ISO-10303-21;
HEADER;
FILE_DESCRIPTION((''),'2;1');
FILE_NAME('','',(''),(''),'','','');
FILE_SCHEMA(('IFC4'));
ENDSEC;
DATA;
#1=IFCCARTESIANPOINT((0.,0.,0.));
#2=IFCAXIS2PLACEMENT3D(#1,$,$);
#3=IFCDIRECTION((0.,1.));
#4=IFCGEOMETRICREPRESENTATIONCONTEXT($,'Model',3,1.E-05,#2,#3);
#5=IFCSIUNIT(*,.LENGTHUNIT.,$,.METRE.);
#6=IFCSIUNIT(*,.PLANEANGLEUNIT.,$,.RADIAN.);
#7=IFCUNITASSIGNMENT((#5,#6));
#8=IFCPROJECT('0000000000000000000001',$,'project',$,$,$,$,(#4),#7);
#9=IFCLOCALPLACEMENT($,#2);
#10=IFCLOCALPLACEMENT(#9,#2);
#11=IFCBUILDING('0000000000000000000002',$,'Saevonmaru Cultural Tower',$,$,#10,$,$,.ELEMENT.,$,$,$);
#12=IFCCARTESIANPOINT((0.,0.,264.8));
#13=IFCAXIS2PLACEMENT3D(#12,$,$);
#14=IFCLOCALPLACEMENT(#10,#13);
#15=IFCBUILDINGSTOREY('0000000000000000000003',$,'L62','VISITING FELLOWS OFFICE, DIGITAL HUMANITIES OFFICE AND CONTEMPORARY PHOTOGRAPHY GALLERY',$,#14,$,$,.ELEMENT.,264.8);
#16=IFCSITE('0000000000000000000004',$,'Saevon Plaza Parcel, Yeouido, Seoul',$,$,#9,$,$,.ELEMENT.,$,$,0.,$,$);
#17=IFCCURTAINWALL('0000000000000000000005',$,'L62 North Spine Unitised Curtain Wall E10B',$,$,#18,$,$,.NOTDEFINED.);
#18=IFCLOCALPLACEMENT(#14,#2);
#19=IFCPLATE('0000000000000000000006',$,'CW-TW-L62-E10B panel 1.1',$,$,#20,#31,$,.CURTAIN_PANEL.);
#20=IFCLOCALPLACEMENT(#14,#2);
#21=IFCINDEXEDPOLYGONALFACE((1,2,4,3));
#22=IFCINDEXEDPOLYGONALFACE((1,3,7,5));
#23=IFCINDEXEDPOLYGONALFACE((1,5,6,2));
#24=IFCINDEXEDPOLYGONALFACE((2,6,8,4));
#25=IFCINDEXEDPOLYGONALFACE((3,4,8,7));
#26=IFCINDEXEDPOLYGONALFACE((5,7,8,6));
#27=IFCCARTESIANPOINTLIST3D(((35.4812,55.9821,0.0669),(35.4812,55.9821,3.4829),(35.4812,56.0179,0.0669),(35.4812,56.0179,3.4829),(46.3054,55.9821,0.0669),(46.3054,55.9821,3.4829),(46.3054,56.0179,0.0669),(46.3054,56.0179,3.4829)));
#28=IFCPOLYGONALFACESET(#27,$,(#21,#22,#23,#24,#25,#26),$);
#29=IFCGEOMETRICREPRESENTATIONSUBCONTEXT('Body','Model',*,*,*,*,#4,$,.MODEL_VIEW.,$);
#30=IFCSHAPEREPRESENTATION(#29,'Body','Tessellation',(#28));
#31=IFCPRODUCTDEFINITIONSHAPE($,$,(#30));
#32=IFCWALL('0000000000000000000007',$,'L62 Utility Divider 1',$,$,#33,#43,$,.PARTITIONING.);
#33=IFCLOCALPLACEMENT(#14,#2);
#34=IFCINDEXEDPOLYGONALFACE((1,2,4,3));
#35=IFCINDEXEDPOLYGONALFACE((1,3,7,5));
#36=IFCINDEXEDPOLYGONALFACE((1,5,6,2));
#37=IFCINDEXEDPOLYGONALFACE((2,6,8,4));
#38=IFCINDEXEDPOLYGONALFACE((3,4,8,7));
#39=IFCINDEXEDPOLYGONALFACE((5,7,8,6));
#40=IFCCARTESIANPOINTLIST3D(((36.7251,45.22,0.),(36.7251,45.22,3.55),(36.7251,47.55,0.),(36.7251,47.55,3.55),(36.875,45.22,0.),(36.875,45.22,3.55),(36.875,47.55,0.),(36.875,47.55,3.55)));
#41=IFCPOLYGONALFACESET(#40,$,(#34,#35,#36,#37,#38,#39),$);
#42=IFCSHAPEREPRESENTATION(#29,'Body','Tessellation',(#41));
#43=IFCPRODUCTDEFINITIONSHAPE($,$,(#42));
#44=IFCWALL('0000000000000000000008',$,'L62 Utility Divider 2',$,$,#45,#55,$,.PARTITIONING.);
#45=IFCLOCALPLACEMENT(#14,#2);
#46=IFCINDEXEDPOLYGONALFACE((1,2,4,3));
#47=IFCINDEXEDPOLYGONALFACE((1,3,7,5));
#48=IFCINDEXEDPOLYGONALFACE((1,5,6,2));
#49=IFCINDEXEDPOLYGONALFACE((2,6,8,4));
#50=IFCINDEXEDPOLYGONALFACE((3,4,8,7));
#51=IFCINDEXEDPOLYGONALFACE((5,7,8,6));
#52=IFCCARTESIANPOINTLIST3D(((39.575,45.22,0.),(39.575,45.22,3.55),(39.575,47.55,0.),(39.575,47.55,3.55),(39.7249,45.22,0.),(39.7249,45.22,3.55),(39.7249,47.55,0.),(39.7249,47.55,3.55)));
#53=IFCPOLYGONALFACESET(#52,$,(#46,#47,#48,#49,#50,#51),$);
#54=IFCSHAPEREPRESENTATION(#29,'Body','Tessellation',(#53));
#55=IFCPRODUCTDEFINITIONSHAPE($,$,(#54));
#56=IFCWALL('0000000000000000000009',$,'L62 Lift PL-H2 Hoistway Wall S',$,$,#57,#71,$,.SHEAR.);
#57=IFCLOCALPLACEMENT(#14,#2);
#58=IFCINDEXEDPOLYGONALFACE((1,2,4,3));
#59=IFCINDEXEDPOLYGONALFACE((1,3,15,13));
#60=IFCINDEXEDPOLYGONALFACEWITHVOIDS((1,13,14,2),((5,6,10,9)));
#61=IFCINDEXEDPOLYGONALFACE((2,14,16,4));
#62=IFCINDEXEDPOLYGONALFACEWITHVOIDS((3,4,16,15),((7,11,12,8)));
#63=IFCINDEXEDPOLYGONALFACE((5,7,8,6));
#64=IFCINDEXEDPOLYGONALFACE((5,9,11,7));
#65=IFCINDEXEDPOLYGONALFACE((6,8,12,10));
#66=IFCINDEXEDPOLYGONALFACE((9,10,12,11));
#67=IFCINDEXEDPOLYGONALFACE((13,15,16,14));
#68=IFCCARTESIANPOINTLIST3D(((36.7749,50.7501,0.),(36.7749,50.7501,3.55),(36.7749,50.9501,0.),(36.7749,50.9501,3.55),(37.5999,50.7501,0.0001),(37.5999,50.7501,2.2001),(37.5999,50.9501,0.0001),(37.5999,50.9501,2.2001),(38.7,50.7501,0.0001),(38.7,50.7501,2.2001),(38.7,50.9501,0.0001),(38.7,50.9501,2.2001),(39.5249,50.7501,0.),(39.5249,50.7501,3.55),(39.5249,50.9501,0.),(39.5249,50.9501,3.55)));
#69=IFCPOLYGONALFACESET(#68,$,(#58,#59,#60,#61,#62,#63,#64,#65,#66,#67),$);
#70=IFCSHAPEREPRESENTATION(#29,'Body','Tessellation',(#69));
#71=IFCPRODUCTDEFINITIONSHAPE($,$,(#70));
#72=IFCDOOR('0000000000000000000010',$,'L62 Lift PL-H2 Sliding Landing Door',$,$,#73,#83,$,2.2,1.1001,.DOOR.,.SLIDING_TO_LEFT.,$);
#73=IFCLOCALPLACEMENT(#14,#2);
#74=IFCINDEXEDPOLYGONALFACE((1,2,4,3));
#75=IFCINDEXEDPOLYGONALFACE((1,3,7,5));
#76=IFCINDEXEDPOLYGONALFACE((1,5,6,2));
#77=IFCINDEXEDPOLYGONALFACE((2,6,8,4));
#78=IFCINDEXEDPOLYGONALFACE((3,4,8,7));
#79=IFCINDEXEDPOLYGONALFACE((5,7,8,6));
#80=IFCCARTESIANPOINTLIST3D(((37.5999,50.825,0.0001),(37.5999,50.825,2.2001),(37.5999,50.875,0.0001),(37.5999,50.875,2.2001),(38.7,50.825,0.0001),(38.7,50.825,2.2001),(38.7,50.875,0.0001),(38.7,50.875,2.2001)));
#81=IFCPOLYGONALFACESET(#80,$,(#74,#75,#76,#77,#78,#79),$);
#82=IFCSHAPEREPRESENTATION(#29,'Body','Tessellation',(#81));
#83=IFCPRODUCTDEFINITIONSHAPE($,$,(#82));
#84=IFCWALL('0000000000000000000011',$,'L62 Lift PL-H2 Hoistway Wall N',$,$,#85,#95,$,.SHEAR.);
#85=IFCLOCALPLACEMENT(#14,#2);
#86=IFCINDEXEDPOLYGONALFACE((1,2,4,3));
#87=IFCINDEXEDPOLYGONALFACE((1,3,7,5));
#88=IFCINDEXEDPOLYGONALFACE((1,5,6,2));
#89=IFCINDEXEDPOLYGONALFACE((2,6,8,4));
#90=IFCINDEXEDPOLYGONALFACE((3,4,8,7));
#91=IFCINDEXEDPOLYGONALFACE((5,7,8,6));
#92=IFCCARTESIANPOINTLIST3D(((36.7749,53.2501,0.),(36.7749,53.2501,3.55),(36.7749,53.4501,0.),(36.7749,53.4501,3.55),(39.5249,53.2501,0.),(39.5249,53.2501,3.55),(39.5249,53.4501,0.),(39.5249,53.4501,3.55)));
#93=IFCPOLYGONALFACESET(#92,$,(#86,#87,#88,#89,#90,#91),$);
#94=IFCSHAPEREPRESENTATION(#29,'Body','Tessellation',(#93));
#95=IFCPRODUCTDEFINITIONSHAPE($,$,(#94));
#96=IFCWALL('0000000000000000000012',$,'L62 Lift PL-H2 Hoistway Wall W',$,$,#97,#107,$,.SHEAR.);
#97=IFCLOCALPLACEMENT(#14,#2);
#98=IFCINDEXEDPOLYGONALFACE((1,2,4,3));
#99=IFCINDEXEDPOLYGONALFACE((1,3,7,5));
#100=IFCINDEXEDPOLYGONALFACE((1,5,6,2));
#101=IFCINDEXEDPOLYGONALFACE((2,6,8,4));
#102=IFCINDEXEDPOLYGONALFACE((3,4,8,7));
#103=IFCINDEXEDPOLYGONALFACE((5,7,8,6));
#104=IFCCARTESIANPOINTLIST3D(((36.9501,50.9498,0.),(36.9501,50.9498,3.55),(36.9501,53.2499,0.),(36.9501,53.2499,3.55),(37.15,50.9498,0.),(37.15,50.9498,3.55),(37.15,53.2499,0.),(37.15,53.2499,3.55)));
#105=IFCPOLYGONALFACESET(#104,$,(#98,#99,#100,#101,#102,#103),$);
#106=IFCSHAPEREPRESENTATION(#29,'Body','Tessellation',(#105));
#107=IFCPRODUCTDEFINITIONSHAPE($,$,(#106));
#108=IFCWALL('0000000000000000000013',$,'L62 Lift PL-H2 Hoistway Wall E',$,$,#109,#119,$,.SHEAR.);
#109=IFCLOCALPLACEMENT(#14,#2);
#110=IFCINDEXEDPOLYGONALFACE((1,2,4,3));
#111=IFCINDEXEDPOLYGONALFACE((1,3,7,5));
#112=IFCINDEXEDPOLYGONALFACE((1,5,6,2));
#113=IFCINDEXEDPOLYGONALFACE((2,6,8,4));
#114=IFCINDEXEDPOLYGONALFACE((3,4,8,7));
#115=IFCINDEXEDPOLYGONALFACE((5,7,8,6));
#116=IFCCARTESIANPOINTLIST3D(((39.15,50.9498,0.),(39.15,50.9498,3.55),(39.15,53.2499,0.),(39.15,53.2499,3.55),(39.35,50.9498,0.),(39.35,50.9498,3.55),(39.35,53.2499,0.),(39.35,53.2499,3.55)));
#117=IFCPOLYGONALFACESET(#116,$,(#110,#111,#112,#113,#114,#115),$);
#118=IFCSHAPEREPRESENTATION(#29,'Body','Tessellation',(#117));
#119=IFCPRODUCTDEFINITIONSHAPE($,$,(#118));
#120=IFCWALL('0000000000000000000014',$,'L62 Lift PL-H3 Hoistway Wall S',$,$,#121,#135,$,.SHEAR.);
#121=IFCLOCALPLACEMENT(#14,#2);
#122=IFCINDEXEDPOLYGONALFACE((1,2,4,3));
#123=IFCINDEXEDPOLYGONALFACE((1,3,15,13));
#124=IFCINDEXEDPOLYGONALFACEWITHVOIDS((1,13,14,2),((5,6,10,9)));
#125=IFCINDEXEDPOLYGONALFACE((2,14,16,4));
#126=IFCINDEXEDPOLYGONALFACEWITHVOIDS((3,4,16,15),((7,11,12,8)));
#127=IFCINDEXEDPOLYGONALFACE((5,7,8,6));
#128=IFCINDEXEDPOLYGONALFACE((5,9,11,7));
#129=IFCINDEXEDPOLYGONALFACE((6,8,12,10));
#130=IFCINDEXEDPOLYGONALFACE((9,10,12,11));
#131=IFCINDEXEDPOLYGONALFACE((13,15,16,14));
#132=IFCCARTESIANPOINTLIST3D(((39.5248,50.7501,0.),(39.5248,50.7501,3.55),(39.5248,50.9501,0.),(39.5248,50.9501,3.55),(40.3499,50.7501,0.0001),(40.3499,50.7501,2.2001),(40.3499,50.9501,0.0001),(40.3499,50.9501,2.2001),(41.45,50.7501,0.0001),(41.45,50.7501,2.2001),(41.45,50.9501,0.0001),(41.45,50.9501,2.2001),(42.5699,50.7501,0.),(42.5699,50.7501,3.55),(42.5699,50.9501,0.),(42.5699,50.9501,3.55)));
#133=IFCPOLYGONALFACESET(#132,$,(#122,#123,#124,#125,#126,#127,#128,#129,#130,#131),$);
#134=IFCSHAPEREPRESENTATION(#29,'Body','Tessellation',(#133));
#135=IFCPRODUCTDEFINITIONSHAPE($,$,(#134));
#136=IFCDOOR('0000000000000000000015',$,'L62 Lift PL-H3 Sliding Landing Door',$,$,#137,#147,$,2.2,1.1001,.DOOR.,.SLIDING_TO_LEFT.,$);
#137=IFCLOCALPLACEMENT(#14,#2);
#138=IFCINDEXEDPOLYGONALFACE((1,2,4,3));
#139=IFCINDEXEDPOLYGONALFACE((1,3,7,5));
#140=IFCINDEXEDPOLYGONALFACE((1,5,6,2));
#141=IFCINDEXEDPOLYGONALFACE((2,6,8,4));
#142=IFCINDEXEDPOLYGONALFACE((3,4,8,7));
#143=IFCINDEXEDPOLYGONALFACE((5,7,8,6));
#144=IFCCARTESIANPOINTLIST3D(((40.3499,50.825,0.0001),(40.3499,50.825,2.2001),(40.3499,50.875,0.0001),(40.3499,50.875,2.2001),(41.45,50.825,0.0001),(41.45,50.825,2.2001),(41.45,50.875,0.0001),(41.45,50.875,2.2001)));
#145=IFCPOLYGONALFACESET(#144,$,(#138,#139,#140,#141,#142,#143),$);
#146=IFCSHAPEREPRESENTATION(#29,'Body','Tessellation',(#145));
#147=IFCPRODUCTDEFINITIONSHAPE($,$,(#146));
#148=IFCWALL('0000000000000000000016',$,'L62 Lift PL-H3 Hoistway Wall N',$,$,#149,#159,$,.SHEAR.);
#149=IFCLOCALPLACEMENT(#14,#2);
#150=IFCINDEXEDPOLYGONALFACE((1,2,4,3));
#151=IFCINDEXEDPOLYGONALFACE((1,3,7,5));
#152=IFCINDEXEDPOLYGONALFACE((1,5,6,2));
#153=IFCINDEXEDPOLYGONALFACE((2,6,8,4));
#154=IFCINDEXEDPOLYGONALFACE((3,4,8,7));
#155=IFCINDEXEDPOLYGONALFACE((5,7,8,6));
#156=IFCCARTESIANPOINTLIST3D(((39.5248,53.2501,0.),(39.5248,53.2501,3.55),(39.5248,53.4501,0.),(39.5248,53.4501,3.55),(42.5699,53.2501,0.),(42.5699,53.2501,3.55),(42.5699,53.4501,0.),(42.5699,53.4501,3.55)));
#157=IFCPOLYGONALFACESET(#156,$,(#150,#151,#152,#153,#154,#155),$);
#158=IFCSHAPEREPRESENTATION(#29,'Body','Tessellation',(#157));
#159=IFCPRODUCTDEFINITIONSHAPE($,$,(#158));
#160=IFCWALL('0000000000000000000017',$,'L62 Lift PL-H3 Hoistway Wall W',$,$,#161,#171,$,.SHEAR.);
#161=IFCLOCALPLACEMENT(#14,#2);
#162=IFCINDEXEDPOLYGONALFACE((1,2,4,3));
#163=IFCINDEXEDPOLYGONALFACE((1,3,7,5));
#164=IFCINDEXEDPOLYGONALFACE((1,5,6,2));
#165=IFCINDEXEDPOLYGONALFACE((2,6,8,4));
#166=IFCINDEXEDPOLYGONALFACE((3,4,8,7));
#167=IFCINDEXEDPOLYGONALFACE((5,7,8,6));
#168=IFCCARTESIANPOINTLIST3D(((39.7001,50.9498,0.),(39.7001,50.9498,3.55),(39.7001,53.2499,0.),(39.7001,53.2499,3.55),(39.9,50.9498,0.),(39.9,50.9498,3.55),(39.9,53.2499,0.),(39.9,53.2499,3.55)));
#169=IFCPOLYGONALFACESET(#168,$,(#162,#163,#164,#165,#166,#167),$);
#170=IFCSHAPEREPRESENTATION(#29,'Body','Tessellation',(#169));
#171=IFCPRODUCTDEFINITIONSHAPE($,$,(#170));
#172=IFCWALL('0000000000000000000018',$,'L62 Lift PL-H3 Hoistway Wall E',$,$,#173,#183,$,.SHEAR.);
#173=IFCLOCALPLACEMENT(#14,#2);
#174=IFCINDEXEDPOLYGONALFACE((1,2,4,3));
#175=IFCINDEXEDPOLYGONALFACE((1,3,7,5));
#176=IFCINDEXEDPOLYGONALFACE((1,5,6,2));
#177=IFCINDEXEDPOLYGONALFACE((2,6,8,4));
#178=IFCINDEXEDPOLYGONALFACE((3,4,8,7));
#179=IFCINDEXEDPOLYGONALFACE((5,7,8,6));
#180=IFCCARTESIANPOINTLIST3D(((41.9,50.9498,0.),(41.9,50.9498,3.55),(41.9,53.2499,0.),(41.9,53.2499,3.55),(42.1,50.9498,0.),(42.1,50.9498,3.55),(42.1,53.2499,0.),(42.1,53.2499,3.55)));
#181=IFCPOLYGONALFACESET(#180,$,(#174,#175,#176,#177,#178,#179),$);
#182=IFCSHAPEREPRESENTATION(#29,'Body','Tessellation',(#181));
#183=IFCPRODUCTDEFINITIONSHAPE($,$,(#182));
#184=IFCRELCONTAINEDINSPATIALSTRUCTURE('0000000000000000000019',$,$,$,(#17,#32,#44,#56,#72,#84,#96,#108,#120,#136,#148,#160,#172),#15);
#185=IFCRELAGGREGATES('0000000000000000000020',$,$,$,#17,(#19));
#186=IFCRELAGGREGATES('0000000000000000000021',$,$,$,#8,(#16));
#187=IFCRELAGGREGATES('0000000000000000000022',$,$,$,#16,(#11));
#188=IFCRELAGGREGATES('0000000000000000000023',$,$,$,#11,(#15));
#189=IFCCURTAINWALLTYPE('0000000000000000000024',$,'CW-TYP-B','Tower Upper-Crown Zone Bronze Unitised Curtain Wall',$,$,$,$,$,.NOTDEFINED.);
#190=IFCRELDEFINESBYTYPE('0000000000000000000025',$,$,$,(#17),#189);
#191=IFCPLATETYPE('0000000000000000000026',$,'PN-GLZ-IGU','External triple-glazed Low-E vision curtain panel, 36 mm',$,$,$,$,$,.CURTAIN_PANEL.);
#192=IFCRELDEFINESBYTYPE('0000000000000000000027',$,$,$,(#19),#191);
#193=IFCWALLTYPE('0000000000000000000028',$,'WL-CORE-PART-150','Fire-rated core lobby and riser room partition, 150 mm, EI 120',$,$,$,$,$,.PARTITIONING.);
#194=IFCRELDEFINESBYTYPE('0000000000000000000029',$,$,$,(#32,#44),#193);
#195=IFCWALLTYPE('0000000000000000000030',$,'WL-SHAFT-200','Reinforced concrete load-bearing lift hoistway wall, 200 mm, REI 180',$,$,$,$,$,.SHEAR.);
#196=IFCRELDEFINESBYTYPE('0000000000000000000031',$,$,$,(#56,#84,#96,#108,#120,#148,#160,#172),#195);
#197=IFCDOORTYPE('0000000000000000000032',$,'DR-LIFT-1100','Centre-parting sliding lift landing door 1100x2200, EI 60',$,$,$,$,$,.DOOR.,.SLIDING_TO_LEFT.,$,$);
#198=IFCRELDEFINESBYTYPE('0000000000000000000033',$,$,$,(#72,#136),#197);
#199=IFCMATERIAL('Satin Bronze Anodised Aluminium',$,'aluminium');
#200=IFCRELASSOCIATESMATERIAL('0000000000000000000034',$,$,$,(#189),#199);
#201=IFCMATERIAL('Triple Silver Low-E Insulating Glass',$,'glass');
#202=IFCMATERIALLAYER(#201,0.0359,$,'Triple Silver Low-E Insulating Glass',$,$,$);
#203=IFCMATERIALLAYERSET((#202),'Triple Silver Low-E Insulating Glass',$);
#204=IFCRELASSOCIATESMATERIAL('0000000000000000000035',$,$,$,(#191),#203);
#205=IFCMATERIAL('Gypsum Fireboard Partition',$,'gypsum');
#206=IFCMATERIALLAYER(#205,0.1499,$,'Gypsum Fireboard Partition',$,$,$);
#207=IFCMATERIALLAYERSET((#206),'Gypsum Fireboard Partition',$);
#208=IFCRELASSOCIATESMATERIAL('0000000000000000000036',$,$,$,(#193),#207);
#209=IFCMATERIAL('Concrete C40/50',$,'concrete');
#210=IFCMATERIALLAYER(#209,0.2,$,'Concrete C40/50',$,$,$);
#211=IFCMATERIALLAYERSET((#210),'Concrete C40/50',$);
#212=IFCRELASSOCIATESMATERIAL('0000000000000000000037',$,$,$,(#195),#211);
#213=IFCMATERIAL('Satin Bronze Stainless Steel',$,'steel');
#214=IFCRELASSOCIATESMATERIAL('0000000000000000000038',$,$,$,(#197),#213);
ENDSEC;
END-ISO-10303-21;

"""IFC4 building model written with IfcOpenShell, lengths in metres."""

from ifc_helpers import new_model, si_unit, direction, frame, frame_2d, origin, origin_2d, place, context, subcontext, project, spatial, rectangle, extrude, material, layer, layer_set, type_object, element, fill, aggregate, save


model = new_model("IFC4")

# Units and contexts
model_context = context("Model", 3, precision=1e-05, world=origin(), true_north=direction((0.0, 1.0)))
body_context = subcontext(model_context, "Body", "Model", "MODEL_VIEW")
ifc_project = project(units=[si_unit("LENGTHUNIT", "METRE"), si_unit("PLANEANGLEUNIT", "RADIAN")], contexts=[model_context])

# Site, building, storey
site_placement = place(None, origin())
site = spatial("IfcSite", under=ifc_project, at=site_placement, Name="Saevon Plaza Parcel, Yeouido, Seoul", CompositionType="ELEMENT", RefElevation=0.0)
building_placement = place(site_placement, origin())
building = spatial("IfcBuilding", under=site, at=building_placement, Name="Saevonmaru Cultural Tower", CompositionType="ELEMENT")
storey_placement = place(building_placement, frame((0.0, 0.0, 264.8)))
storey = spatial("IfcBuildingStorey", under=building, at=storey_placement, Name="L62", Description="VISITING FELLOWS OFFICE, DIGITAL HUMANITIES OFFICE AND CONTEMPORARY PHOTOGRAPHY GALLERY", CompositionType="ELEMENT", Elevation=264.8)

# Curtain wall, plate
ifc_material_1 = material(Name="Satin Bronze Anodised Aluminium", Category="aluminium")
curtain_wall_type = type_object("IfcCurtainWallType", Name="CW-TYP-B", Description="Tower Upper-Crown Zone Bronze Unitised Curtain Wall", PredefinedType="NOTDEFINED", material=ifc_material_1)
curtain_wall_placement = place(storey_placement, origin())
curtain_wall = element("IfcCurtainWall", 1, at=curtain_wall_placement, inside=storey, type_object=curtain_wall_type, Name="L62 North Spine Unitised Curtain Wall E10B", PredefinedType="NOTDEFINED")
ifc_material_2 = material(Name="Triple Silver Low-E Insulating Glass", Category="glass")
ifc_layer_1 = layer(ifc_material_2, 0.0359, Name="Triple Silver Low-E Insulating Glass")
ifc_layer_set_1 = layer_set([ifc_layer_1], Name="Triple Silver Low-E Insulating Glass")
plate_type = type_object("IfcPlateType", Name="PN-GLZ-IGU", Description="External triple-glazed Low-E vision curtain panel, 36 mm", PredefinedType="CURTAIN_PANEL", material=ifc_layer_set_1)
plate_placement = place(storey_placement, frame((40.8933, 56.0, 0.0669), z_axis=(0.0, 0.0, 1.0), x_axis=(-1.0, 0.0, 0.0)))
plate = element("IfcPlate", 2, at=plate_placement, type_object=plate_type, Name="CW-TW-L62-E10B panel 1.1", PredefinedType="CURTAIN_PANEL", context=body_context, shape_type="SweptSolid", body=[
    extrude(rectangle(XDim=10.8242, YDim=0.0359, at=origin_2d()), origin(), (0.0, 0.0, 1.0), 3.416),
])
aggregate(curtain_wall, [plate])

# Walls
ifc_material_3 = material(Name="Gypsum Fireboard Partition", Category="gypsum")
ifc_layer_2 = layer(ifc_material_3, 0.1499, Name="Gypsum Fireboard Partition")
ifc_layer_set_2 = layer_set([ifc_layer_2], Name="Gypsum Fireboard Partition")
wall_type_1 = type_object("IfcWallType", Name="WL-CORE-PART-150", Description="Fire-rated core lobby and riser room partition, 150 mm, EI 120", PredefinedType="PARTITIONING", material=ifc_layer_set_2)
for number, where, z_axis, x_axis, name in (
    (3, (36.8, 45.22, 0.0), (0.0, 0.0, 1.0), (0.0, 1.0, 0.0), "L62 Utility Divider 1"),
    (4, (39.6499, 45.22, 0.0), (0.0, 0.0, 1.0), (0.0, 1.0, 0.0), "L62 Utility Divider 2"),
):
    element("IfcWall", number, at=place(storey_placement, frame(where, z_axis=z_axis, x_axis=x_axis)), inside=storey, type_object=wall_type_1, Name=name, PredefinedType="PARTITIONING", context=body_context, shape_type="SweptSolid", body=[
        extrude(rectangle(XDim=2.3301, YDim=0.1499, at=frame_2d((1.165, 0.0))), origin(), (0.0, 0.0, 1.0), 3.55),
    ])

# Wall, opening, door
ifc_material_4 = material(Name="Concrete C40/50", Category="concrete")
ifc_layer_3 = layer(ifc_material_4, 0.2, Name="Concrete C40/50")
ifc_layer_set_3 = layer_set([ifc_layer_3], Name="Concrete C40/50")
wall_type_2 = type_object("IfcWallType", Name="WL-SHAFT-200", Description="Reinforced concrete load-bearing lift hoistway wall, 200 mm, REI 180", PredefinedType="SHEAR", material=ifc_layer_set_3)
wall_1_placement = place(storey_placement, frame((36.7749, 50.8501, 0.0), z_axis=(0.0, 0.0, 1.0), x_axis=(1.0, 0.0, 0.0)))
wall_1 = element("IfcWall", 5, at=wall_1_placement, inside=storey, type_object=wall_type_2, Name="L62 Lift PL-H2 Hoistway Wall S", PredefinedType="SHEAR", context=body_context, shape_type="SweptSolid", body=[
    extrude(rectangle(XDim=2.75, YDim=0.2, at=frame_2d((1.375, 0.0))), origin(), (0.0, 0.0, 1.0), 3.55),
])
opening_1_placement = place(wall_1_placement, frame((0.825, 0.0, 0.0)))
opening_1 = element("IfcOpeningElement", 6, at=opening_1_placement, cuts=wall_1, PredefinedType="OPENING", context=body_context, shape_type="SweptSolid", body=[
    extrude(rectangle(XDim=1.1001, YDim=2.2, at=frame_2d((0.55, 1.1001))), frame((0.0, 0.1099, 0.0), z_axis=(0.0, -1.0, 0.0), x_axis=(1.0, 0.0, 0.0)), (0.0, 0.0, 1.0), 0.22),
])
ifc_material_5 = material(Name="Satin Bronze Stainless Steel", Category="steel")
door_type_1 = type_object("IfcDoorType", Name="DR-LIFT-1100", Description="Centre-parting sliding lift landing door 1100x2200, EI 60", OperationType="SLIDING_TO_LEFT", PredefinedType="DOOR", material=ifc_material_5)
door_1_placement = place(opening_1_placement, origin())
door_1 = element("IfcDoor", 7, at=door_1_placement, inside=storey, type_object=door_type_1, Name="L62 Lift PL-H2 Sliding Landing Door", OperationType="SLIDING_TO_LEFT", OverallHeight=2.2, OverallWidth=1.1001, PredefinedType="DOOR", context=body_context, shape_type="SweptSolid", body=[
    extrude(rectangle(XDim=1.1001, YDim=2.2, at=frame_2d((0.55, 1.1001))), frame((0.0, 0.0249, 0.0), z_axis=(0.0, -1.0, 0.0), x_axis=(1.0, 0.0, 0.0)), (0.0, 0.0, 1.0), 0.05),
])
fill(opening_1, door_1)

# Walls
wall_2_placement = place(storey_placement, frame((36.7749, 53.3501, 0.0), z_axis=(0.0, 0.0, 1.0), x_axis=(1.0, 0.0, 0.0)))
element("IfcWall", 8, at=wall_2_placement, inside=storey, type_object=wall_type_2, Name="L62 Lift PL-H2 Hoistway Wall N", PredefinedType="SHEAR", context=body_context, shape_type="SweptSolid", body=[
    extrude(rectangle(XDim=2.75, YDim=0.2, at=frame_2d((1.375, 0.0))), origin(), (0.0, 0.0, 1.0), 3.55),
])
for number, where, z_axis, x_axis, name in (
    (9, (37.05, 50.95, 0.0), (0.0, 0.0, 1.0), (0.0, 1.0, 0.0), "L62 Lift PL-H2 Hoistway Wall W"),
    (10, (39.25, 50.95, 0.0), (0.0, 0.0, 1.0), (0.0, 1.0, 0.0), "L62 Lift PL-H2 Hoistway Wall E"),
):
    element("IfcWall", number, at=place(storey_placement, frame(where, z_axis=z_axis, x_axis=x_axis)), inside=storey, type_object=wall_type_2, Name=name, PredefinedType="SHEAR", context=body_context, shape_type="SweptSolid", body=[
        extrude(rectangle(XDim=2.3, YDim=0.2, at=frame_2d((1.1499, 0.0))), origin(), (0.0, 0.0, 1.0), 3.55),
    ])

# Wall, opening, door
wall_3_placement = place(storey_placement, frame((39.5249, 50.8501, 0.0), z_axis=(0.0, 0.0, 1.0), x_axis=(1.0, 0.0, 0.0)))
wall_3 = element("IfcWall", 11, at=wall_3_placement, inside=storey, type_object=wall_type_2, Name="L62 Lift PL-H3 Hoistway Wall S", PredefinedType="SHEAR", context=body_context, shape_type="SweptSolid", body=[
    extrude(rectangle(XDim=3.0452, YDim=0.2, at=frame_2d((1.5225, 0.0))), origin(), (0.0, 0.0, 1.0), 3.55),
])
opening_2_placement = place(wall_3_placement, frame((0.825, 0.0, 0.0)))
opening_2 = element("IfcOpeningElement", 12, at=opening_2_placement, cuts=wall_3, PredefinedType="OPENING", context=body_context, shape_type="SweptSolid", body=[
    extrude(rectangle(XDim=1.1001, YDim=2.2, at=frame_2d((0.55, 1.1001))), frame((0.0, 0.1099, 0.0), z_axis=(0.0, -1.0, 0.0), x_axis=(1.0, 0.0, 0.0)), (0.0, 0.0, 1.0), 0.22),
])
door_2_placement = place(opening_2_placement, origin())
door_2 = element("IfcDoor", 13, at=door_2_placement, inside=storey, type_object=door_type_1, Name="L62 Lift PL-H3 Sliding Landing Door", OperationType="SLIDING_TO_LEFT", OverallHeight=2.2, OverallWidth=1.1001, PredefinedType="DOOR", context=body_context, shape_type="SweptSolid", body=[
    extrude(rectangle(XDim=1.1001, YDim=2.2, at=frame_2d((0.55, 1.1001))), frame((0.0, 0.0249, 0.0), z_axis=(0.0, -1.0, 0.0), x_axis=(1.0, 0.0, 0.0)), (0.0, 0.0, 1.0), 0.05),
])
fill(opening_2, door_2)

# Walls
wall_4_placement = place(storey_placement, frame((39.5249, 53.3501, 0.0), z_axis=(0.0, 0.0, 1.0), x_axis=(1.0, 0.0, 0.0)))
element("IfcWall", 14, at=wall_4_placement, inside=storey, type_object=wall_type_2, Name="L62 Lift PL-H3 Hoistway Wall N", PredefinedType="SHEAR", context=body_context, shape_type="SweptSolid", body=[
    extrude(rectangle(XDim=3.0452, YDim=0.2, at=frame_2d((1.5225, 0.0))), origin(), (0.0, 0.0, 1.0), 3.55),
])
for number, where, z_axis, x_axis, name in (
    (15, (39.8, 50.95, 0.0), (0.0, 0.0, 1.0), (0.0, 1.0, 0.0), "L62 Lift PL-H3 Hoistway Wall W"),
    (16, (42.0, 50.95, 0.0), (0.0, 0.0, 1.0), (0.0, 1.0, 0.0), "L62 Lift PL-H3 Hoistway Wall E"),
):
    element("IfcWall", number, at=place(storey_placement, frame(where, z_axis=z_axis, x_axis=x_axis)), inside=storey, type_object=wall_type_2, Name=name, PredefinedType="SHEAR", context=body_context, shape_type="SweptSolid", body=[
        extrude(rectangle(XDim=2.3, YDim=0.2, at=frame_2d((1.1499, 0.0))), origin(), (0.0, 0.0, 1.0), 3.55),
    ])

save(model, "model.ifc")
